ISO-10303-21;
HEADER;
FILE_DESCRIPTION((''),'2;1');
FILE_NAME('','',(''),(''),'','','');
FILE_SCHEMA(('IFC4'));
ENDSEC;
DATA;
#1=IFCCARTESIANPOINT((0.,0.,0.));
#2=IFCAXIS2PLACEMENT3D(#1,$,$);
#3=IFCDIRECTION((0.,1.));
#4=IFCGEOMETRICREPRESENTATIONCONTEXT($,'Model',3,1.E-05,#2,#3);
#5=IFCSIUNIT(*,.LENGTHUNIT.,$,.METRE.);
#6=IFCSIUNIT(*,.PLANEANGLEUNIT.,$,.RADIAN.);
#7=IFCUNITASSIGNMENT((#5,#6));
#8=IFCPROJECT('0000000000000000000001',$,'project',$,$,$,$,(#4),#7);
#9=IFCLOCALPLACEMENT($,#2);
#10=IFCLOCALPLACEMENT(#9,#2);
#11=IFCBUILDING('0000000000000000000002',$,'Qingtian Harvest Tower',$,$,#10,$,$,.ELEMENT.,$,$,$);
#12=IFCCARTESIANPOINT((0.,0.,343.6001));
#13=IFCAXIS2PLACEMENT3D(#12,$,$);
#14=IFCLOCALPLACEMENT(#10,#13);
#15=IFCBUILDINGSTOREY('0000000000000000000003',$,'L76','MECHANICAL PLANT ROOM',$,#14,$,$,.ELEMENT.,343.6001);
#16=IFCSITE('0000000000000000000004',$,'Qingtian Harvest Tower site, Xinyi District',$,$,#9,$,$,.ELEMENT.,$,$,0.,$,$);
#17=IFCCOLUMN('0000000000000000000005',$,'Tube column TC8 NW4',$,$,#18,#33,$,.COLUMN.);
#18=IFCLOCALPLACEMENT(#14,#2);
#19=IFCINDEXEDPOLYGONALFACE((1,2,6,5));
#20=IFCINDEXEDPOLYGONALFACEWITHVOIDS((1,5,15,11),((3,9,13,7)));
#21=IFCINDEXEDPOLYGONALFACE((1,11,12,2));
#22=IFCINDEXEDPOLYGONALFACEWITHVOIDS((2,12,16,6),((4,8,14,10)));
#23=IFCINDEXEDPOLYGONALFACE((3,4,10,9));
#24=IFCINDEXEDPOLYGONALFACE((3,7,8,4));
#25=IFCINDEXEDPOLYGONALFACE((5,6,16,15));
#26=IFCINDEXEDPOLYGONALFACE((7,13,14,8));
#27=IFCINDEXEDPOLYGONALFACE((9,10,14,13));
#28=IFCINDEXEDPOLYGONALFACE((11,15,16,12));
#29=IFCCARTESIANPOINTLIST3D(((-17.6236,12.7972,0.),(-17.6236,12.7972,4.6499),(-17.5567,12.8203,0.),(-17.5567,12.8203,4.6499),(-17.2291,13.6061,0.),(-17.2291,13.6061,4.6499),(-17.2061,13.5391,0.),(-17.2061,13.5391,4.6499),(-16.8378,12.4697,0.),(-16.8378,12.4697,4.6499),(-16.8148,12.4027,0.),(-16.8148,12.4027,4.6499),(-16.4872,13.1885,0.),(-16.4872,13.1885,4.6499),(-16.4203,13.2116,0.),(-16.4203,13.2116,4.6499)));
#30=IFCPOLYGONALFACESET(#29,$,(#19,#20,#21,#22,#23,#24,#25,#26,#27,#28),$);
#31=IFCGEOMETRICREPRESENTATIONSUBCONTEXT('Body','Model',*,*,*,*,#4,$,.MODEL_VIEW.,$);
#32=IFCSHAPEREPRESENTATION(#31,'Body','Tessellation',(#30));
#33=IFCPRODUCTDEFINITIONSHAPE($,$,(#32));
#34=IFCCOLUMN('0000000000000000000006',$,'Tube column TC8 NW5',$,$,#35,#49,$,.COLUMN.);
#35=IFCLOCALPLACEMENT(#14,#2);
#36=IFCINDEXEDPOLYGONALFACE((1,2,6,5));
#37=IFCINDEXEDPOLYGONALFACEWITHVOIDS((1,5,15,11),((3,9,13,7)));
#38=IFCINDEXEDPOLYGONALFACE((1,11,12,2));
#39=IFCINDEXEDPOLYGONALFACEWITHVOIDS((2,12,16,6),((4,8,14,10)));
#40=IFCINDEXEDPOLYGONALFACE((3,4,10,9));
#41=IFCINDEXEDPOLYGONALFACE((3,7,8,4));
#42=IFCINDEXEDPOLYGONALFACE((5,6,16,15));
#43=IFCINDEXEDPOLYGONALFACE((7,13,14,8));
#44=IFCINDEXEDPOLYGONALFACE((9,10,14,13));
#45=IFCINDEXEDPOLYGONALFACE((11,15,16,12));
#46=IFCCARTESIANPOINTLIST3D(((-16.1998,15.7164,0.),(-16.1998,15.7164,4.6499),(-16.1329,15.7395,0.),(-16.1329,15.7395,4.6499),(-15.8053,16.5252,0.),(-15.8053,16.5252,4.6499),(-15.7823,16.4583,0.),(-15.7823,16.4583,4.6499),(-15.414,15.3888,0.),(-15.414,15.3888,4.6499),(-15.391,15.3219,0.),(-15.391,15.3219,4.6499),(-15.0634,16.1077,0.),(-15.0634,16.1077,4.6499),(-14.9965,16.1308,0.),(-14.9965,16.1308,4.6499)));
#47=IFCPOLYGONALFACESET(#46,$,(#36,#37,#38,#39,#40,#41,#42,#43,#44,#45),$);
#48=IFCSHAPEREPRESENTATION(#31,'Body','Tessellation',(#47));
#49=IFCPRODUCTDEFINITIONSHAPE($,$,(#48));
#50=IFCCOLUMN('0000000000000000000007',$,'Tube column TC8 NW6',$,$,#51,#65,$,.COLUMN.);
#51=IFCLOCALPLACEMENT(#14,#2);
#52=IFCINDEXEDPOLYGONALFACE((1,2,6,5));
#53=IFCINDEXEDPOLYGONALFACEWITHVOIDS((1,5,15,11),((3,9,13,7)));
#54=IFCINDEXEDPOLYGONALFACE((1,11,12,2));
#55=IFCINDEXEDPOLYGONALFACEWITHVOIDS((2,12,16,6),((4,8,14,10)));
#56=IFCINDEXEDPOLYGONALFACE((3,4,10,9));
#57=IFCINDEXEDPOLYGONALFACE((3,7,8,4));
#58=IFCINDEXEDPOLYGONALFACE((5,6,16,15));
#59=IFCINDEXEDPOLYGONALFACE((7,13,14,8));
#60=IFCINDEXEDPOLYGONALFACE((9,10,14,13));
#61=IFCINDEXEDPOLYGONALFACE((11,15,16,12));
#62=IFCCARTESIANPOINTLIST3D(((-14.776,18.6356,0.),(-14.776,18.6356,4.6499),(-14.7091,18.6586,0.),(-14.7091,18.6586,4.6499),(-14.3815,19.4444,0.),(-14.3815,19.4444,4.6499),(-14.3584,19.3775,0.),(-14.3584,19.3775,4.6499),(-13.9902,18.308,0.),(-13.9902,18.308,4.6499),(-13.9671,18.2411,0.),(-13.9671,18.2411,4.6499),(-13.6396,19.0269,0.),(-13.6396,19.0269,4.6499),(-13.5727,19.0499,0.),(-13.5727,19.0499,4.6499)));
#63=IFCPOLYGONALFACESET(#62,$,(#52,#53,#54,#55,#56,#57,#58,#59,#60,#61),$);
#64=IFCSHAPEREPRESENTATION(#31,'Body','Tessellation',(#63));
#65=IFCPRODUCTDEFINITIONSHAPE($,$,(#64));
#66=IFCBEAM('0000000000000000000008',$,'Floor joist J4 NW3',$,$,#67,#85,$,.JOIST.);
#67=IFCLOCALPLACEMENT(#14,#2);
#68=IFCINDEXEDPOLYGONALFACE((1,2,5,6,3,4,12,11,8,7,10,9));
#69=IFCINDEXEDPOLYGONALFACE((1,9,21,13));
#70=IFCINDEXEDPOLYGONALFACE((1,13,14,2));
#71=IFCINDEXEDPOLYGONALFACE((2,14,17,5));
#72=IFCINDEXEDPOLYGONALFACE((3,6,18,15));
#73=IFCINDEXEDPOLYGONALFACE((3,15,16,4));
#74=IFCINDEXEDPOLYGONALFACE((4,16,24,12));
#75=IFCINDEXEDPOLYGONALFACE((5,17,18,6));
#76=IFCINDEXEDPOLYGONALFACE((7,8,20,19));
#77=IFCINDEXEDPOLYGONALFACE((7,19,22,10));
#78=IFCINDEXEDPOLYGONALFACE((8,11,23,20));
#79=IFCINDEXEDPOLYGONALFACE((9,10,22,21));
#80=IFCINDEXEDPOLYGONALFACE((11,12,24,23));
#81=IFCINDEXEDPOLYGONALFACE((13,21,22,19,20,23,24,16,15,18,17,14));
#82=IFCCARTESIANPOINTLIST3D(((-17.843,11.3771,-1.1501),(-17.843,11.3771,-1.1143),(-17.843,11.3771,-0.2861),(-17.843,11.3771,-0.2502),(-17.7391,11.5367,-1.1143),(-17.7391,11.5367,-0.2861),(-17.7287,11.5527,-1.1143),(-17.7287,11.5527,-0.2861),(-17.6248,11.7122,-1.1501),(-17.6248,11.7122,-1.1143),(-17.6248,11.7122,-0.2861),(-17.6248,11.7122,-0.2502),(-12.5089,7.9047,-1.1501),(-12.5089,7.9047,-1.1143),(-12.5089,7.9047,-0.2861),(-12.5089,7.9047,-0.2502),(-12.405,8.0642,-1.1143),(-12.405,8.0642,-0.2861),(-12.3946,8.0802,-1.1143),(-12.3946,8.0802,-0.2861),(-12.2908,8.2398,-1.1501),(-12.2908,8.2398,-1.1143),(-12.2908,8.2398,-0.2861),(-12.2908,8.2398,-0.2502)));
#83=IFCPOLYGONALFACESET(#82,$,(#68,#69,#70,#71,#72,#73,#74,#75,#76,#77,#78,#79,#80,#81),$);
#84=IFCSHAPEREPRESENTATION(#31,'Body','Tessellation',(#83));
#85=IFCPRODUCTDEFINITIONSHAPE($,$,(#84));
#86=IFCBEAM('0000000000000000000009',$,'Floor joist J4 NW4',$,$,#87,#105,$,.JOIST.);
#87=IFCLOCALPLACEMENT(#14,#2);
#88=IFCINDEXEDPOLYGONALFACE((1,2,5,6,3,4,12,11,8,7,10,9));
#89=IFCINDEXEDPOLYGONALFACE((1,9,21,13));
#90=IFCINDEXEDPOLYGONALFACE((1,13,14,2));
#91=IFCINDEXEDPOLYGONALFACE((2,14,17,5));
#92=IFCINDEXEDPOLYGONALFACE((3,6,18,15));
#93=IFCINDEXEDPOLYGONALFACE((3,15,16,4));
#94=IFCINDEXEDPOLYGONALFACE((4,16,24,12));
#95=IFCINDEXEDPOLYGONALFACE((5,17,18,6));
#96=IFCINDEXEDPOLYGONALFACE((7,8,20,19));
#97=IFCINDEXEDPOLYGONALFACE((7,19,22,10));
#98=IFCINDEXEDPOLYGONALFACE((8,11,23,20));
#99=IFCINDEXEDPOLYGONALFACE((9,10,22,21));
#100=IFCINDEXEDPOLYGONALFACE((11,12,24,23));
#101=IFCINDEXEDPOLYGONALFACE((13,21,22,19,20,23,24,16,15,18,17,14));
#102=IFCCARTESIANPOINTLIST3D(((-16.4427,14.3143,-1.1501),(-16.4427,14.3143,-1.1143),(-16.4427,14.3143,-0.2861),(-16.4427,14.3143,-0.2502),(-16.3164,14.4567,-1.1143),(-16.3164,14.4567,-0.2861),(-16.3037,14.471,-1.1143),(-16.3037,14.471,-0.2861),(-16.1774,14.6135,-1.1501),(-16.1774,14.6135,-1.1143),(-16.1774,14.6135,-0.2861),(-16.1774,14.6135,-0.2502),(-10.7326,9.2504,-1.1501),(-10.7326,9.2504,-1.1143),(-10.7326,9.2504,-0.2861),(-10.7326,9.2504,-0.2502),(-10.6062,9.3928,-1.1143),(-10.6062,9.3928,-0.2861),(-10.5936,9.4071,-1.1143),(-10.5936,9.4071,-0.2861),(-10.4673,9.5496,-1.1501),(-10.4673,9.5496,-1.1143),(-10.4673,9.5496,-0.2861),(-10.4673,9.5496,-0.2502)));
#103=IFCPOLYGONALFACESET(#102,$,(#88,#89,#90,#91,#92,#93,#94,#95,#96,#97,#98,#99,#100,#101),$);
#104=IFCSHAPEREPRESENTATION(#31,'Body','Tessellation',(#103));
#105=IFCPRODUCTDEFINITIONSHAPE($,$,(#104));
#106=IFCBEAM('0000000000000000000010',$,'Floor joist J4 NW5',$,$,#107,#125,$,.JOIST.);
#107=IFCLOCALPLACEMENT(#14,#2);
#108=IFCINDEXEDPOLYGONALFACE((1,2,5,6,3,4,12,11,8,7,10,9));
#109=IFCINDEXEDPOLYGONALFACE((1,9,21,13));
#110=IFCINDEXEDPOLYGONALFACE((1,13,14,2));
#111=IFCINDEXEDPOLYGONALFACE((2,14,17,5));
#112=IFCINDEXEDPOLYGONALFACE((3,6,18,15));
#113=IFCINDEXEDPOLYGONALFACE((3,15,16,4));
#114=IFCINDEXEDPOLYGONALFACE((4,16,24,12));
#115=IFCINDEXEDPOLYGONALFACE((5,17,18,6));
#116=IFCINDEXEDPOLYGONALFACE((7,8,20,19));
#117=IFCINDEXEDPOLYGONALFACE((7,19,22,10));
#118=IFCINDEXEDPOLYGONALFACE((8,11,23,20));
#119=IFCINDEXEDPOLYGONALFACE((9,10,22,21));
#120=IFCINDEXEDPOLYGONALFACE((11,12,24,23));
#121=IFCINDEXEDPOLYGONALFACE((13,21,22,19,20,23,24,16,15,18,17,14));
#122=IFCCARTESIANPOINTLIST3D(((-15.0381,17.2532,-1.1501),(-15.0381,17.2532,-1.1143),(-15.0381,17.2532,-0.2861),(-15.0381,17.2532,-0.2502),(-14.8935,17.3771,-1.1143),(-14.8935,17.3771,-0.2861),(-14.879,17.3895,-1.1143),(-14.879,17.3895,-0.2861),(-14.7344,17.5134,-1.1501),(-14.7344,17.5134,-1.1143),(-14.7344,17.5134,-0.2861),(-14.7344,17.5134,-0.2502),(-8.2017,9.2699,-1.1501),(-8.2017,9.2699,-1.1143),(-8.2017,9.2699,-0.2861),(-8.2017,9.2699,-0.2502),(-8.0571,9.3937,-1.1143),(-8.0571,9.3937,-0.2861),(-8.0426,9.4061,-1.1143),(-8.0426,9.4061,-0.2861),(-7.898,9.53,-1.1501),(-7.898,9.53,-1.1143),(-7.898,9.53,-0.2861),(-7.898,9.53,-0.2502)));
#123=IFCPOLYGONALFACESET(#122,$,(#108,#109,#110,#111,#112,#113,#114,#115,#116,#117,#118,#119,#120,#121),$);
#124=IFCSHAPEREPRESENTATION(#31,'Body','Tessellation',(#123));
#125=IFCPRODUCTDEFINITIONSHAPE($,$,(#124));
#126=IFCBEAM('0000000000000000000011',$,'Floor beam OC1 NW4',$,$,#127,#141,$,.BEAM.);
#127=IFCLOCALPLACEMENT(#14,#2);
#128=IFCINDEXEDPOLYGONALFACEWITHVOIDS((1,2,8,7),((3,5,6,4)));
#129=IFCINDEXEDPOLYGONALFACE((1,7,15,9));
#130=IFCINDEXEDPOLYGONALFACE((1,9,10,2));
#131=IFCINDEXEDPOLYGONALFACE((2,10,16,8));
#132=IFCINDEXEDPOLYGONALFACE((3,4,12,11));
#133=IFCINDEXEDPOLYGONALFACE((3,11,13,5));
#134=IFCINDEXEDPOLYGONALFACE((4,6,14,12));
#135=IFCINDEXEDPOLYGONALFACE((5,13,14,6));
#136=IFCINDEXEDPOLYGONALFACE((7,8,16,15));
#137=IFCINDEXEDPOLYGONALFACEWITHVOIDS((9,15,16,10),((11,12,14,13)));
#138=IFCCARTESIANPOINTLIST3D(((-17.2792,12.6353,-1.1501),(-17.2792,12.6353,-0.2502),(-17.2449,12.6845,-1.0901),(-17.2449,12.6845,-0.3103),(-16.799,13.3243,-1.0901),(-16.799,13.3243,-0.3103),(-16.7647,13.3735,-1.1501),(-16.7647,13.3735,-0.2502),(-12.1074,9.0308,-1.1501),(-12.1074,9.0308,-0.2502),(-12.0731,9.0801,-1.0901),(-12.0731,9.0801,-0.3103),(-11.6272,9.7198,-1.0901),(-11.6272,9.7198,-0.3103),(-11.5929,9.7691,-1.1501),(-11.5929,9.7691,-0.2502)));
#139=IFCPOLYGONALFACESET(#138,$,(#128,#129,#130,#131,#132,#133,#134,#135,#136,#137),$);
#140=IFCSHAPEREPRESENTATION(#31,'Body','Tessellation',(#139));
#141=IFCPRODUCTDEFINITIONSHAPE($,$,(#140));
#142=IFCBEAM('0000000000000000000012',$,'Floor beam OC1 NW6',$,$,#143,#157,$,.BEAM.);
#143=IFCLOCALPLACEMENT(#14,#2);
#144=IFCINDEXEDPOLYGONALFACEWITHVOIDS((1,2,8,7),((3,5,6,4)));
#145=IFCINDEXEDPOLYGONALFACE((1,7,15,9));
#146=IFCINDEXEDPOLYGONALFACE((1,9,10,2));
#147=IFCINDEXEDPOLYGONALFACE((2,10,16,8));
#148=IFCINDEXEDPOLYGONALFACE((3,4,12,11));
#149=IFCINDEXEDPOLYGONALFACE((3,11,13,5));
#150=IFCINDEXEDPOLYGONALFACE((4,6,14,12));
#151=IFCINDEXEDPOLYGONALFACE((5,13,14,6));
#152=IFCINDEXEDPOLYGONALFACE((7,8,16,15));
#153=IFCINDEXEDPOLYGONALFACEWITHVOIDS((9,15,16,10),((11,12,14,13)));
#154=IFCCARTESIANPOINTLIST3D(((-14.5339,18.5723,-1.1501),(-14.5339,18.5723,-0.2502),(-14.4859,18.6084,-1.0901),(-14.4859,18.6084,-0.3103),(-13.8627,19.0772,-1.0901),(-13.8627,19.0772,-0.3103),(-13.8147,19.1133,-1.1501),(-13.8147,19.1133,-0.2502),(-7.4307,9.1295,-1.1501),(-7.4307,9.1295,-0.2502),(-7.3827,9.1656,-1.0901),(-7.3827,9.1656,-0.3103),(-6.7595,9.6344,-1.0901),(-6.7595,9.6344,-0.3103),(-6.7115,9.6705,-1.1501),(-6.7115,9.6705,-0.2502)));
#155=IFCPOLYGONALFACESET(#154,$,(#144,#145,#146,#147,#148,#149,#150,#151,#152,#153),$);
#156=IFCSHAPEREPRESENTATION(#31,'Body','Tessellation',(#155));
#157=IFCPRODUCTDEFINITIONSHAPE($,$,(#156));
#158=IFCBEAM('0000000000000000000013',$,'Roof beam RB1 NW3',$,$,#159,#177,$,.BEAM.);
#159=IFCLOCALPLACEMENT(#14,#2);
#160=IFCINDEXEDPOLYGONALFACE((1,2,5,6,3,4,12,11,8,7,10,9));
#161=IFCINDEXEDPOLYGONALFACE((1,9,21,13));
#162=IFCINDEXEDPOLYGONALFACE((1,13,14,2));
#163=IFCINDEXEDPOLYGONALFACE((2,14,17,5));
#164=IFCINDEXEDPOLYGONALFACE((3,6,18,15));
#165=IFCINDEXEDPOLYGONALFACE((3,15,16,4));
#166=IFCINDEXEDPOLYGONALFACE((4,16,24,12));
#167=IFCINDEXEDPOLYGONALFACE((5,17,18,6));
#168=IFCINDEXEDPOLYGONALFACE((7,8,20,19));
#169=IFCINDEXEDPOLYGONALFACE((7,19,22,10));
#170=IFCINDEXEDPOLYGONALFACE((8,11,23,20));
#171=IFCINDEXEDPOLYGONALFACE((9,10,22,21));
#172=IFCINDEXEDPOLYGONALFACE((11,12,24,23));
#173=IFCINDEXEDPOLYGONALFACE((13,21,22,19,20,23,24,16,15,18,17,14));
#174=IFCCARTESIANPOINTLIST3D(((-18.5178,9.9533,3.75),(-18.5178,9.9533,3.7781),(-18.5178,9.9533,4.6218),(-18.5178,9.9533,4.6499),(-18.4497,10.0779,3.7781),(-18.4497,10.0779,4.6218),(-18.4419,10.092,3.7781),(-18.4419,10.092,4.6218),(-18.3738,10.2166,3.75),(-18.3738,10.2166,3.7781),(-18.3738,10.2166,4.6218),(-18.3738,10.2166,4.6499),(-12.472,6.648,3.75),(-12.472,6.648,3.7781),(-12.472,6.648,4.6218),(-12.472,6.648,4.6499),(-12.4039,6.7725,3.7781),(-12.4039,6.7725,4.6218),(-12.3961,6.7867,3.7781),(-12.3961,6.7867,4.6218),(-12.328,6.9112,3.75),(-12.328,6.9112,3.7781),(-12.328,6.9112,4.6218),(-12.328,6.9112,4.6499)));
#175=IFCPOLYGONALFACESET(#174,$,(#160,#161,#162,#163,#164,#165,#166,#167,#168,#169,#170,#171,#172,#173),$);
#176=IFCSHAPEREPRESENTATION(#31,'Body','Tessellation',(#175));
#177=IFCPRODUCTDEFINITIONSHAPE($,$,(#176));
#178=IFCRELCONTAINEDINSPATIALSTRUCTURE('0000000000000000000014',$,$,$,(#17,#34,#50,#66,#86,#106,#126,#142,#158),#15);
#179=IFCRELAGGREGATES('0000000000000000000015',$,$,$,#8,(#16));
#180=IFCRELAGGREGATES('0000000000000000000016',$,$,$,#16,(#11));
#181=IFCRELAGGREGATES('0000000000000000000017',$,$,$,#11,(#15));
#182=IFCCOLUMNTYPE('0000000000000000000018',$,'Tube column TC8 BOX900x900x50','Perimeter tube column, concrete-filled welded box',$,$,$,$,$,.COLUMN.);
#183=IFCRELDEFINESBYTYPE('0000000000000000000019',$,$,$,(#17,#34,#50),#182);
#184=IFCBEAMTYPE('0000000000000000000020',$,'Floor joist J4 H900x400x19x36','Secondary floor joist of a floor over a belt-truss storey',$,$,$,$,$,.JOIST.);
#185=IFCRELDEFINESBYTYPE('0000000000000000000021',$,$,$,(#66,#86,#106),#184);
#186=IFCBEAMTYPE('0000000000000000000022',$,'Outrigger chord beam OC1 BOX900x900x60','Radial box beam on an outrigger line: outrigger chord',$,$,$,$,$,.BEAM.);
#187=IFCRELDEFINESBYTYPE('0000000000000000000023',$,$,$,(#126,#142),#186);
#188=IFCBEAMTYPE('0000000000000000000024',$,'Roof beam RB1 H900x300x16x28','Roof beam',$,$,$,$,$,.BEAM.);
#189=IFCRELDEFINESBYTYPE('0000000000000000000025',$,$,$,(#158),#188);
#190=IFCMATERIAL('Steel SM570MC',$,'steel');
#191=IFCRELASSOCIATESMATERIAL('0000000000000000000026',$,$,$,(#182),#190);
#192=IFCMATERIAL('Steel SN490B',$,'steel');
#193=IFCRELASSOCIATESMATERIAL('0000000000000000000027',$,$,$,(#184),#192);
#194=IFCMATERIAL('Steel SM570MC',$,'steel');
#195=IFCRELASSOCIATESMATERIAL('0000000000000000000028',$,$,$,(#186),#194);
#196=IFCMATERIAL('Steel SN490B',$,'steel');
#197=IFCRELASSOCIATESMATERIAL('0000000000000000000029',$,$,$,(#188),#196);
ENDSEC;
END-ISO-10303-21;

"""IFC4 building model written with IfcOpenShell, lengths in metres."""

from ifc_helpers import new_model, si_unit, direction, frame, origin, origin_2d, place, context, subcontext, project, spatial, hollow_rectangle, i_section, extrude, material, material_profile, profile_set, type_object, element, save


model = new_model("IFC4")

# Units and contexts
model_context = context("Model", 3, precision=1e-05, world=origin(), true_north=direction((0.0, 1.0)))
body_context = subcontext(model_context, "Body", "Model", "MODEL_VIEW")
ifc_project = project(units=[si_unit("LENGTHUNIT", "METRE"), si_unit("PLANEANGLEUNIT", "RADIAN")], contexts=[model_context])

# Site, building, storey
site_placement = place(None, origin())
site = spatial("IfcSite", under=ifc_project, at=site_placement, Name="Qingtian Harvest Tower site, Xinyi District", CompositionType="ELEMENT", RefElevation=0.0)
building_placement = place(site_placement, origin())
building = spatial("IfcBuilding", under=site, at=building_placement, Name="Qingtian Harvest Tower", CompositionType="ELEMENT")
storey_placement = place(building_placement, frame((0.0, 0.0, 343.6001)))
storey = spatial("IfcBuildingStorey", under=building, at=storey_placement, Name="L76", Description="MECHANICAL PLANT ROOM", CompositionType="ELEMENT", Elevation=343.6001)

# Columns
ifc_material_1 = material(Name="Steel SM570MC", Category="steel")
ifc_material_profile_1 = material_profile(ifc_material_1, hollow_rectangle(XDim=0.8999, YDim=0.8999, WallThickness=0.05, at=origin_2d()), Name="BOX900x900x50")
ifc_profile_set_1 = profile_set([ifc_material_profile_1], Name="Steel SM570MC")
column_type = type_object("IfcColumnType", Name="Tube column TC8 BOX900x900x50", Description="Perimeter tube column, concrete-filled welded box", PredefinedType="COLUMN", material=ifc_profile_set_1)
for number, where, z_axis, x_axis, name in (
    (1, (-17.022, 13.0044, 0.0), (0.0, 0.0, 1.0), (-0.438371, -0.898794, 0.0), "Tube column TC8 NW4"),
    (2, (-15.5981, 15.9236, 0.0), (0.0, 0.0, 1.0), (-0.438371, -0.898794, 0.0), "Tube column TC8 NW5"),
    (3, (-14.1743, 18.8428, 0.0), (0.0, 0.0, 1.0), (-0.438371, -0.898794, 0.0), "Tube column TC8 NW6"),
):
    element("IfcColumn", number, at=place(storey_placement, frame(where, z_axis=z_axis, x_axis=x_axis)), inside=storey, type_object=column_type, Name=name, PredefinedType="COLUMN", context=body_context, shape_type="SweptSolid", body=[
        extrude(hollow_rectangle(XDim=0.8999, YDim=0.8999, WallThickness=0.05, at=origin_2d()), origin(), (0.0, 0.0, 1.0), 4.6499),
    ])

# Beams
ifc_material_2 = material(Name="Steel SN490B", Category="steel")
ifc_material_profile_2 = material_profile(ifc_material_2, i_section(OverallWidth=0.3999, OverallDepth=0.8999, WebThickness=0.019, FlangeThickness=0.0359, at=origin_2d()), Name="H900x400x19x36")
ifc_profile_set_2 = profile_set([ifc_material_profile_2], Name="Steel SN490B")
beam_type_1 = type_object("IfcBeamType", Name="Floor joist J4 H900x400x19x36", Description="Secondary floor joist of a floor over a belt-truss storey", PredefinedType="JOIST", material=ifc_profile_set_2)
beam_1_placement = place(storey_placement, frame((-17.7339, 11.5447, -0.7002), z_axis=(0.838061, -0.545576, 0.0), x_axis=(0.545576, 0.838061, 0.0)))
element("IfcBeam", 4, at=beam_1_placement, inside=storey, type_object=beam_type_1, Name="Floor joist J4 NW3", PredefinedType="JOIST", context=body_context, shape_type="SweptSolid", body=[
    extrude(i_section(OverallWidth=0.3999, OverallDepth=0.8999, WebThickness=0.019, FlangeThickness=0.0359, at=origin_2d()), origin(), (0.0, 0.0, 1.0), 6.3647),
])
beam_2_placement = place(storey_placement, frame((-16.3101, 14.4639, -0.7002), z_axis=(0.748175, -0.663502, 0.0), x_axis=(0.663502, 0.748175, 0.0)))
element("IfcBeam", 5, at=beam_2_placement, inside=storey, type_object=beam_type_1, Name="Floor joist J4 NW4", PredefinedType="JOIST", context=body_context, shape_type="SweptSolid", body=[
    extrude(i_section(OverallWidth=0.3999, OverallDepth=0.8999, WebThickness=0.019, FlangeThickness=0.0359, at=origin_2d()), origin(), (0.0, 0.0, 1.0), 7.6321),
])
beam_3_placement = place(storey_placement, frame((-14.8862, 17.3833, -0.7002), z_axis=(0.650436, -0.759561, 0.0), x_axis=(0.759561, 0.650436, 0.0)))
element("IfcBeam", 6, at=beam_3_placement, inside=storey, type_object=beam_type_1, Name="Floor joist J4 NW5", PredefinedType="JOIST", context=body_context, shape_type="SweptSolid", body=[
    extrude(i_section(OverallWidth=0.3999, OverallDepth=0.8999, WebThickness=0.019, FlangeThickness=0.0359, at=origin_2d()), origin(), (0.0, 0.0, 1.0), 10.5105),
])
ifc_material_3 = material(Name="Steel SM570MC", Category="steel")
ifc_material_profile_3 = material_profile(ifc_material_3, hollow_rectangle(XDim=0.8999, YDim=0.8999, WallThickness=0.0601, at=origin_2d()), Name="BOX900x900x60")
ifc_profile_set_3 = profile_set([ifc_material_profile_3], Name="Steel SM570MC")
beam_type_2 = type_object("IfcBeamType", Name="Outrigger chord beam OC1 BOX900x900x60", Description="Radial box beam on an outrigger line: outrigger chord", PredefinedType="BEAM", material=ifc_profile_set_3)
beam_4_placement = place(storey_placement, frame((-17.022, 13.0044, -0.7002), z_axis=(0.820409, -0.571777, 0.0), x_axis=(0.571777, 0.820409, 0.0)))
element("IfcBeam", 7, at=beam_4_placement, inside=storey, type_object=beam_type_2, Name="Floor beam OC1 NW4", PredefinedType="BEAM", context=body_context, shape_type="SweptSolid", body=[
    extrude(hollow_rectangle(XDim=0.8999, YDim=0.8999, WallThickness=0.0601, at=origin_2d()), origin(), (0.0, 0.0, 1.0), 6.304),
])
beam_5_placement = place(storey_placement, frame((-14.1743, 18.8428, -0.7002), z_axis=(0.601143, -0.799141, 0.0), x_axis=(0.799141, 0.601143, 0.0)))
element("IfcBeam", 8, at=beam_5_placement, inside=storey, type_object=beam_type_2, Name="Floor beam OC1 NW6", PredefinedType="BEAM", context=body_context, shape_type="SweptSolid", body=[
    extrude(hollow_rectangle(XDim=0.8999, YDim=0.8999, WallThickness=0.0601, at=origin_2d()), origin(), (0.0, 0.0, 1.0), 11.8162),
])
ifc_material_4 = material(Name="Steel SN490B", Category="steel")
ifc_material_profile_4 = material_profile(ifc_material_4, i_section(OverallWidth=0.3, OverallDepth=0.8999, WebThickness=0.0161, FlangeThickness=0.0281, at=origin_2d()), Name="H900x300x16x28")
ifc_profile_set_4 = profile_set([ifc_material_profile_4], Name="Steel SN490B")
beam_type_3 = type_object("IfcBeamType", Name="Roof beam RB1 H900x300x16x28", Description="Roof beam", PredefinedType="BEAM", material=ifc_profile_set_4)
beam_6_placement = place(storey_placement, frame((-18.4458, 10.085, 4.2), z_axis=(0.877428, -0.479708, 0.0), x_axis=(0.479708, 0.877428, 0.0)))
element("IfcBeam", 9, at=beam_6_placement, inside=storey, type_object=beam_type_3, Name="Roof beam RB1 NW3", PredefinedType="BEAM", context=body_context, shape_type="SweptSolid", body=[
    extrude(i_section(OverallWidth=0.3, OverallDepth=0.8999, WebThickness=0.0161, FlangeThickness=0.0281, at=origin_2d()), origin(), (0.0, 0.0, 1.0), 6.8904),
])

save(model, "model.ifc")
